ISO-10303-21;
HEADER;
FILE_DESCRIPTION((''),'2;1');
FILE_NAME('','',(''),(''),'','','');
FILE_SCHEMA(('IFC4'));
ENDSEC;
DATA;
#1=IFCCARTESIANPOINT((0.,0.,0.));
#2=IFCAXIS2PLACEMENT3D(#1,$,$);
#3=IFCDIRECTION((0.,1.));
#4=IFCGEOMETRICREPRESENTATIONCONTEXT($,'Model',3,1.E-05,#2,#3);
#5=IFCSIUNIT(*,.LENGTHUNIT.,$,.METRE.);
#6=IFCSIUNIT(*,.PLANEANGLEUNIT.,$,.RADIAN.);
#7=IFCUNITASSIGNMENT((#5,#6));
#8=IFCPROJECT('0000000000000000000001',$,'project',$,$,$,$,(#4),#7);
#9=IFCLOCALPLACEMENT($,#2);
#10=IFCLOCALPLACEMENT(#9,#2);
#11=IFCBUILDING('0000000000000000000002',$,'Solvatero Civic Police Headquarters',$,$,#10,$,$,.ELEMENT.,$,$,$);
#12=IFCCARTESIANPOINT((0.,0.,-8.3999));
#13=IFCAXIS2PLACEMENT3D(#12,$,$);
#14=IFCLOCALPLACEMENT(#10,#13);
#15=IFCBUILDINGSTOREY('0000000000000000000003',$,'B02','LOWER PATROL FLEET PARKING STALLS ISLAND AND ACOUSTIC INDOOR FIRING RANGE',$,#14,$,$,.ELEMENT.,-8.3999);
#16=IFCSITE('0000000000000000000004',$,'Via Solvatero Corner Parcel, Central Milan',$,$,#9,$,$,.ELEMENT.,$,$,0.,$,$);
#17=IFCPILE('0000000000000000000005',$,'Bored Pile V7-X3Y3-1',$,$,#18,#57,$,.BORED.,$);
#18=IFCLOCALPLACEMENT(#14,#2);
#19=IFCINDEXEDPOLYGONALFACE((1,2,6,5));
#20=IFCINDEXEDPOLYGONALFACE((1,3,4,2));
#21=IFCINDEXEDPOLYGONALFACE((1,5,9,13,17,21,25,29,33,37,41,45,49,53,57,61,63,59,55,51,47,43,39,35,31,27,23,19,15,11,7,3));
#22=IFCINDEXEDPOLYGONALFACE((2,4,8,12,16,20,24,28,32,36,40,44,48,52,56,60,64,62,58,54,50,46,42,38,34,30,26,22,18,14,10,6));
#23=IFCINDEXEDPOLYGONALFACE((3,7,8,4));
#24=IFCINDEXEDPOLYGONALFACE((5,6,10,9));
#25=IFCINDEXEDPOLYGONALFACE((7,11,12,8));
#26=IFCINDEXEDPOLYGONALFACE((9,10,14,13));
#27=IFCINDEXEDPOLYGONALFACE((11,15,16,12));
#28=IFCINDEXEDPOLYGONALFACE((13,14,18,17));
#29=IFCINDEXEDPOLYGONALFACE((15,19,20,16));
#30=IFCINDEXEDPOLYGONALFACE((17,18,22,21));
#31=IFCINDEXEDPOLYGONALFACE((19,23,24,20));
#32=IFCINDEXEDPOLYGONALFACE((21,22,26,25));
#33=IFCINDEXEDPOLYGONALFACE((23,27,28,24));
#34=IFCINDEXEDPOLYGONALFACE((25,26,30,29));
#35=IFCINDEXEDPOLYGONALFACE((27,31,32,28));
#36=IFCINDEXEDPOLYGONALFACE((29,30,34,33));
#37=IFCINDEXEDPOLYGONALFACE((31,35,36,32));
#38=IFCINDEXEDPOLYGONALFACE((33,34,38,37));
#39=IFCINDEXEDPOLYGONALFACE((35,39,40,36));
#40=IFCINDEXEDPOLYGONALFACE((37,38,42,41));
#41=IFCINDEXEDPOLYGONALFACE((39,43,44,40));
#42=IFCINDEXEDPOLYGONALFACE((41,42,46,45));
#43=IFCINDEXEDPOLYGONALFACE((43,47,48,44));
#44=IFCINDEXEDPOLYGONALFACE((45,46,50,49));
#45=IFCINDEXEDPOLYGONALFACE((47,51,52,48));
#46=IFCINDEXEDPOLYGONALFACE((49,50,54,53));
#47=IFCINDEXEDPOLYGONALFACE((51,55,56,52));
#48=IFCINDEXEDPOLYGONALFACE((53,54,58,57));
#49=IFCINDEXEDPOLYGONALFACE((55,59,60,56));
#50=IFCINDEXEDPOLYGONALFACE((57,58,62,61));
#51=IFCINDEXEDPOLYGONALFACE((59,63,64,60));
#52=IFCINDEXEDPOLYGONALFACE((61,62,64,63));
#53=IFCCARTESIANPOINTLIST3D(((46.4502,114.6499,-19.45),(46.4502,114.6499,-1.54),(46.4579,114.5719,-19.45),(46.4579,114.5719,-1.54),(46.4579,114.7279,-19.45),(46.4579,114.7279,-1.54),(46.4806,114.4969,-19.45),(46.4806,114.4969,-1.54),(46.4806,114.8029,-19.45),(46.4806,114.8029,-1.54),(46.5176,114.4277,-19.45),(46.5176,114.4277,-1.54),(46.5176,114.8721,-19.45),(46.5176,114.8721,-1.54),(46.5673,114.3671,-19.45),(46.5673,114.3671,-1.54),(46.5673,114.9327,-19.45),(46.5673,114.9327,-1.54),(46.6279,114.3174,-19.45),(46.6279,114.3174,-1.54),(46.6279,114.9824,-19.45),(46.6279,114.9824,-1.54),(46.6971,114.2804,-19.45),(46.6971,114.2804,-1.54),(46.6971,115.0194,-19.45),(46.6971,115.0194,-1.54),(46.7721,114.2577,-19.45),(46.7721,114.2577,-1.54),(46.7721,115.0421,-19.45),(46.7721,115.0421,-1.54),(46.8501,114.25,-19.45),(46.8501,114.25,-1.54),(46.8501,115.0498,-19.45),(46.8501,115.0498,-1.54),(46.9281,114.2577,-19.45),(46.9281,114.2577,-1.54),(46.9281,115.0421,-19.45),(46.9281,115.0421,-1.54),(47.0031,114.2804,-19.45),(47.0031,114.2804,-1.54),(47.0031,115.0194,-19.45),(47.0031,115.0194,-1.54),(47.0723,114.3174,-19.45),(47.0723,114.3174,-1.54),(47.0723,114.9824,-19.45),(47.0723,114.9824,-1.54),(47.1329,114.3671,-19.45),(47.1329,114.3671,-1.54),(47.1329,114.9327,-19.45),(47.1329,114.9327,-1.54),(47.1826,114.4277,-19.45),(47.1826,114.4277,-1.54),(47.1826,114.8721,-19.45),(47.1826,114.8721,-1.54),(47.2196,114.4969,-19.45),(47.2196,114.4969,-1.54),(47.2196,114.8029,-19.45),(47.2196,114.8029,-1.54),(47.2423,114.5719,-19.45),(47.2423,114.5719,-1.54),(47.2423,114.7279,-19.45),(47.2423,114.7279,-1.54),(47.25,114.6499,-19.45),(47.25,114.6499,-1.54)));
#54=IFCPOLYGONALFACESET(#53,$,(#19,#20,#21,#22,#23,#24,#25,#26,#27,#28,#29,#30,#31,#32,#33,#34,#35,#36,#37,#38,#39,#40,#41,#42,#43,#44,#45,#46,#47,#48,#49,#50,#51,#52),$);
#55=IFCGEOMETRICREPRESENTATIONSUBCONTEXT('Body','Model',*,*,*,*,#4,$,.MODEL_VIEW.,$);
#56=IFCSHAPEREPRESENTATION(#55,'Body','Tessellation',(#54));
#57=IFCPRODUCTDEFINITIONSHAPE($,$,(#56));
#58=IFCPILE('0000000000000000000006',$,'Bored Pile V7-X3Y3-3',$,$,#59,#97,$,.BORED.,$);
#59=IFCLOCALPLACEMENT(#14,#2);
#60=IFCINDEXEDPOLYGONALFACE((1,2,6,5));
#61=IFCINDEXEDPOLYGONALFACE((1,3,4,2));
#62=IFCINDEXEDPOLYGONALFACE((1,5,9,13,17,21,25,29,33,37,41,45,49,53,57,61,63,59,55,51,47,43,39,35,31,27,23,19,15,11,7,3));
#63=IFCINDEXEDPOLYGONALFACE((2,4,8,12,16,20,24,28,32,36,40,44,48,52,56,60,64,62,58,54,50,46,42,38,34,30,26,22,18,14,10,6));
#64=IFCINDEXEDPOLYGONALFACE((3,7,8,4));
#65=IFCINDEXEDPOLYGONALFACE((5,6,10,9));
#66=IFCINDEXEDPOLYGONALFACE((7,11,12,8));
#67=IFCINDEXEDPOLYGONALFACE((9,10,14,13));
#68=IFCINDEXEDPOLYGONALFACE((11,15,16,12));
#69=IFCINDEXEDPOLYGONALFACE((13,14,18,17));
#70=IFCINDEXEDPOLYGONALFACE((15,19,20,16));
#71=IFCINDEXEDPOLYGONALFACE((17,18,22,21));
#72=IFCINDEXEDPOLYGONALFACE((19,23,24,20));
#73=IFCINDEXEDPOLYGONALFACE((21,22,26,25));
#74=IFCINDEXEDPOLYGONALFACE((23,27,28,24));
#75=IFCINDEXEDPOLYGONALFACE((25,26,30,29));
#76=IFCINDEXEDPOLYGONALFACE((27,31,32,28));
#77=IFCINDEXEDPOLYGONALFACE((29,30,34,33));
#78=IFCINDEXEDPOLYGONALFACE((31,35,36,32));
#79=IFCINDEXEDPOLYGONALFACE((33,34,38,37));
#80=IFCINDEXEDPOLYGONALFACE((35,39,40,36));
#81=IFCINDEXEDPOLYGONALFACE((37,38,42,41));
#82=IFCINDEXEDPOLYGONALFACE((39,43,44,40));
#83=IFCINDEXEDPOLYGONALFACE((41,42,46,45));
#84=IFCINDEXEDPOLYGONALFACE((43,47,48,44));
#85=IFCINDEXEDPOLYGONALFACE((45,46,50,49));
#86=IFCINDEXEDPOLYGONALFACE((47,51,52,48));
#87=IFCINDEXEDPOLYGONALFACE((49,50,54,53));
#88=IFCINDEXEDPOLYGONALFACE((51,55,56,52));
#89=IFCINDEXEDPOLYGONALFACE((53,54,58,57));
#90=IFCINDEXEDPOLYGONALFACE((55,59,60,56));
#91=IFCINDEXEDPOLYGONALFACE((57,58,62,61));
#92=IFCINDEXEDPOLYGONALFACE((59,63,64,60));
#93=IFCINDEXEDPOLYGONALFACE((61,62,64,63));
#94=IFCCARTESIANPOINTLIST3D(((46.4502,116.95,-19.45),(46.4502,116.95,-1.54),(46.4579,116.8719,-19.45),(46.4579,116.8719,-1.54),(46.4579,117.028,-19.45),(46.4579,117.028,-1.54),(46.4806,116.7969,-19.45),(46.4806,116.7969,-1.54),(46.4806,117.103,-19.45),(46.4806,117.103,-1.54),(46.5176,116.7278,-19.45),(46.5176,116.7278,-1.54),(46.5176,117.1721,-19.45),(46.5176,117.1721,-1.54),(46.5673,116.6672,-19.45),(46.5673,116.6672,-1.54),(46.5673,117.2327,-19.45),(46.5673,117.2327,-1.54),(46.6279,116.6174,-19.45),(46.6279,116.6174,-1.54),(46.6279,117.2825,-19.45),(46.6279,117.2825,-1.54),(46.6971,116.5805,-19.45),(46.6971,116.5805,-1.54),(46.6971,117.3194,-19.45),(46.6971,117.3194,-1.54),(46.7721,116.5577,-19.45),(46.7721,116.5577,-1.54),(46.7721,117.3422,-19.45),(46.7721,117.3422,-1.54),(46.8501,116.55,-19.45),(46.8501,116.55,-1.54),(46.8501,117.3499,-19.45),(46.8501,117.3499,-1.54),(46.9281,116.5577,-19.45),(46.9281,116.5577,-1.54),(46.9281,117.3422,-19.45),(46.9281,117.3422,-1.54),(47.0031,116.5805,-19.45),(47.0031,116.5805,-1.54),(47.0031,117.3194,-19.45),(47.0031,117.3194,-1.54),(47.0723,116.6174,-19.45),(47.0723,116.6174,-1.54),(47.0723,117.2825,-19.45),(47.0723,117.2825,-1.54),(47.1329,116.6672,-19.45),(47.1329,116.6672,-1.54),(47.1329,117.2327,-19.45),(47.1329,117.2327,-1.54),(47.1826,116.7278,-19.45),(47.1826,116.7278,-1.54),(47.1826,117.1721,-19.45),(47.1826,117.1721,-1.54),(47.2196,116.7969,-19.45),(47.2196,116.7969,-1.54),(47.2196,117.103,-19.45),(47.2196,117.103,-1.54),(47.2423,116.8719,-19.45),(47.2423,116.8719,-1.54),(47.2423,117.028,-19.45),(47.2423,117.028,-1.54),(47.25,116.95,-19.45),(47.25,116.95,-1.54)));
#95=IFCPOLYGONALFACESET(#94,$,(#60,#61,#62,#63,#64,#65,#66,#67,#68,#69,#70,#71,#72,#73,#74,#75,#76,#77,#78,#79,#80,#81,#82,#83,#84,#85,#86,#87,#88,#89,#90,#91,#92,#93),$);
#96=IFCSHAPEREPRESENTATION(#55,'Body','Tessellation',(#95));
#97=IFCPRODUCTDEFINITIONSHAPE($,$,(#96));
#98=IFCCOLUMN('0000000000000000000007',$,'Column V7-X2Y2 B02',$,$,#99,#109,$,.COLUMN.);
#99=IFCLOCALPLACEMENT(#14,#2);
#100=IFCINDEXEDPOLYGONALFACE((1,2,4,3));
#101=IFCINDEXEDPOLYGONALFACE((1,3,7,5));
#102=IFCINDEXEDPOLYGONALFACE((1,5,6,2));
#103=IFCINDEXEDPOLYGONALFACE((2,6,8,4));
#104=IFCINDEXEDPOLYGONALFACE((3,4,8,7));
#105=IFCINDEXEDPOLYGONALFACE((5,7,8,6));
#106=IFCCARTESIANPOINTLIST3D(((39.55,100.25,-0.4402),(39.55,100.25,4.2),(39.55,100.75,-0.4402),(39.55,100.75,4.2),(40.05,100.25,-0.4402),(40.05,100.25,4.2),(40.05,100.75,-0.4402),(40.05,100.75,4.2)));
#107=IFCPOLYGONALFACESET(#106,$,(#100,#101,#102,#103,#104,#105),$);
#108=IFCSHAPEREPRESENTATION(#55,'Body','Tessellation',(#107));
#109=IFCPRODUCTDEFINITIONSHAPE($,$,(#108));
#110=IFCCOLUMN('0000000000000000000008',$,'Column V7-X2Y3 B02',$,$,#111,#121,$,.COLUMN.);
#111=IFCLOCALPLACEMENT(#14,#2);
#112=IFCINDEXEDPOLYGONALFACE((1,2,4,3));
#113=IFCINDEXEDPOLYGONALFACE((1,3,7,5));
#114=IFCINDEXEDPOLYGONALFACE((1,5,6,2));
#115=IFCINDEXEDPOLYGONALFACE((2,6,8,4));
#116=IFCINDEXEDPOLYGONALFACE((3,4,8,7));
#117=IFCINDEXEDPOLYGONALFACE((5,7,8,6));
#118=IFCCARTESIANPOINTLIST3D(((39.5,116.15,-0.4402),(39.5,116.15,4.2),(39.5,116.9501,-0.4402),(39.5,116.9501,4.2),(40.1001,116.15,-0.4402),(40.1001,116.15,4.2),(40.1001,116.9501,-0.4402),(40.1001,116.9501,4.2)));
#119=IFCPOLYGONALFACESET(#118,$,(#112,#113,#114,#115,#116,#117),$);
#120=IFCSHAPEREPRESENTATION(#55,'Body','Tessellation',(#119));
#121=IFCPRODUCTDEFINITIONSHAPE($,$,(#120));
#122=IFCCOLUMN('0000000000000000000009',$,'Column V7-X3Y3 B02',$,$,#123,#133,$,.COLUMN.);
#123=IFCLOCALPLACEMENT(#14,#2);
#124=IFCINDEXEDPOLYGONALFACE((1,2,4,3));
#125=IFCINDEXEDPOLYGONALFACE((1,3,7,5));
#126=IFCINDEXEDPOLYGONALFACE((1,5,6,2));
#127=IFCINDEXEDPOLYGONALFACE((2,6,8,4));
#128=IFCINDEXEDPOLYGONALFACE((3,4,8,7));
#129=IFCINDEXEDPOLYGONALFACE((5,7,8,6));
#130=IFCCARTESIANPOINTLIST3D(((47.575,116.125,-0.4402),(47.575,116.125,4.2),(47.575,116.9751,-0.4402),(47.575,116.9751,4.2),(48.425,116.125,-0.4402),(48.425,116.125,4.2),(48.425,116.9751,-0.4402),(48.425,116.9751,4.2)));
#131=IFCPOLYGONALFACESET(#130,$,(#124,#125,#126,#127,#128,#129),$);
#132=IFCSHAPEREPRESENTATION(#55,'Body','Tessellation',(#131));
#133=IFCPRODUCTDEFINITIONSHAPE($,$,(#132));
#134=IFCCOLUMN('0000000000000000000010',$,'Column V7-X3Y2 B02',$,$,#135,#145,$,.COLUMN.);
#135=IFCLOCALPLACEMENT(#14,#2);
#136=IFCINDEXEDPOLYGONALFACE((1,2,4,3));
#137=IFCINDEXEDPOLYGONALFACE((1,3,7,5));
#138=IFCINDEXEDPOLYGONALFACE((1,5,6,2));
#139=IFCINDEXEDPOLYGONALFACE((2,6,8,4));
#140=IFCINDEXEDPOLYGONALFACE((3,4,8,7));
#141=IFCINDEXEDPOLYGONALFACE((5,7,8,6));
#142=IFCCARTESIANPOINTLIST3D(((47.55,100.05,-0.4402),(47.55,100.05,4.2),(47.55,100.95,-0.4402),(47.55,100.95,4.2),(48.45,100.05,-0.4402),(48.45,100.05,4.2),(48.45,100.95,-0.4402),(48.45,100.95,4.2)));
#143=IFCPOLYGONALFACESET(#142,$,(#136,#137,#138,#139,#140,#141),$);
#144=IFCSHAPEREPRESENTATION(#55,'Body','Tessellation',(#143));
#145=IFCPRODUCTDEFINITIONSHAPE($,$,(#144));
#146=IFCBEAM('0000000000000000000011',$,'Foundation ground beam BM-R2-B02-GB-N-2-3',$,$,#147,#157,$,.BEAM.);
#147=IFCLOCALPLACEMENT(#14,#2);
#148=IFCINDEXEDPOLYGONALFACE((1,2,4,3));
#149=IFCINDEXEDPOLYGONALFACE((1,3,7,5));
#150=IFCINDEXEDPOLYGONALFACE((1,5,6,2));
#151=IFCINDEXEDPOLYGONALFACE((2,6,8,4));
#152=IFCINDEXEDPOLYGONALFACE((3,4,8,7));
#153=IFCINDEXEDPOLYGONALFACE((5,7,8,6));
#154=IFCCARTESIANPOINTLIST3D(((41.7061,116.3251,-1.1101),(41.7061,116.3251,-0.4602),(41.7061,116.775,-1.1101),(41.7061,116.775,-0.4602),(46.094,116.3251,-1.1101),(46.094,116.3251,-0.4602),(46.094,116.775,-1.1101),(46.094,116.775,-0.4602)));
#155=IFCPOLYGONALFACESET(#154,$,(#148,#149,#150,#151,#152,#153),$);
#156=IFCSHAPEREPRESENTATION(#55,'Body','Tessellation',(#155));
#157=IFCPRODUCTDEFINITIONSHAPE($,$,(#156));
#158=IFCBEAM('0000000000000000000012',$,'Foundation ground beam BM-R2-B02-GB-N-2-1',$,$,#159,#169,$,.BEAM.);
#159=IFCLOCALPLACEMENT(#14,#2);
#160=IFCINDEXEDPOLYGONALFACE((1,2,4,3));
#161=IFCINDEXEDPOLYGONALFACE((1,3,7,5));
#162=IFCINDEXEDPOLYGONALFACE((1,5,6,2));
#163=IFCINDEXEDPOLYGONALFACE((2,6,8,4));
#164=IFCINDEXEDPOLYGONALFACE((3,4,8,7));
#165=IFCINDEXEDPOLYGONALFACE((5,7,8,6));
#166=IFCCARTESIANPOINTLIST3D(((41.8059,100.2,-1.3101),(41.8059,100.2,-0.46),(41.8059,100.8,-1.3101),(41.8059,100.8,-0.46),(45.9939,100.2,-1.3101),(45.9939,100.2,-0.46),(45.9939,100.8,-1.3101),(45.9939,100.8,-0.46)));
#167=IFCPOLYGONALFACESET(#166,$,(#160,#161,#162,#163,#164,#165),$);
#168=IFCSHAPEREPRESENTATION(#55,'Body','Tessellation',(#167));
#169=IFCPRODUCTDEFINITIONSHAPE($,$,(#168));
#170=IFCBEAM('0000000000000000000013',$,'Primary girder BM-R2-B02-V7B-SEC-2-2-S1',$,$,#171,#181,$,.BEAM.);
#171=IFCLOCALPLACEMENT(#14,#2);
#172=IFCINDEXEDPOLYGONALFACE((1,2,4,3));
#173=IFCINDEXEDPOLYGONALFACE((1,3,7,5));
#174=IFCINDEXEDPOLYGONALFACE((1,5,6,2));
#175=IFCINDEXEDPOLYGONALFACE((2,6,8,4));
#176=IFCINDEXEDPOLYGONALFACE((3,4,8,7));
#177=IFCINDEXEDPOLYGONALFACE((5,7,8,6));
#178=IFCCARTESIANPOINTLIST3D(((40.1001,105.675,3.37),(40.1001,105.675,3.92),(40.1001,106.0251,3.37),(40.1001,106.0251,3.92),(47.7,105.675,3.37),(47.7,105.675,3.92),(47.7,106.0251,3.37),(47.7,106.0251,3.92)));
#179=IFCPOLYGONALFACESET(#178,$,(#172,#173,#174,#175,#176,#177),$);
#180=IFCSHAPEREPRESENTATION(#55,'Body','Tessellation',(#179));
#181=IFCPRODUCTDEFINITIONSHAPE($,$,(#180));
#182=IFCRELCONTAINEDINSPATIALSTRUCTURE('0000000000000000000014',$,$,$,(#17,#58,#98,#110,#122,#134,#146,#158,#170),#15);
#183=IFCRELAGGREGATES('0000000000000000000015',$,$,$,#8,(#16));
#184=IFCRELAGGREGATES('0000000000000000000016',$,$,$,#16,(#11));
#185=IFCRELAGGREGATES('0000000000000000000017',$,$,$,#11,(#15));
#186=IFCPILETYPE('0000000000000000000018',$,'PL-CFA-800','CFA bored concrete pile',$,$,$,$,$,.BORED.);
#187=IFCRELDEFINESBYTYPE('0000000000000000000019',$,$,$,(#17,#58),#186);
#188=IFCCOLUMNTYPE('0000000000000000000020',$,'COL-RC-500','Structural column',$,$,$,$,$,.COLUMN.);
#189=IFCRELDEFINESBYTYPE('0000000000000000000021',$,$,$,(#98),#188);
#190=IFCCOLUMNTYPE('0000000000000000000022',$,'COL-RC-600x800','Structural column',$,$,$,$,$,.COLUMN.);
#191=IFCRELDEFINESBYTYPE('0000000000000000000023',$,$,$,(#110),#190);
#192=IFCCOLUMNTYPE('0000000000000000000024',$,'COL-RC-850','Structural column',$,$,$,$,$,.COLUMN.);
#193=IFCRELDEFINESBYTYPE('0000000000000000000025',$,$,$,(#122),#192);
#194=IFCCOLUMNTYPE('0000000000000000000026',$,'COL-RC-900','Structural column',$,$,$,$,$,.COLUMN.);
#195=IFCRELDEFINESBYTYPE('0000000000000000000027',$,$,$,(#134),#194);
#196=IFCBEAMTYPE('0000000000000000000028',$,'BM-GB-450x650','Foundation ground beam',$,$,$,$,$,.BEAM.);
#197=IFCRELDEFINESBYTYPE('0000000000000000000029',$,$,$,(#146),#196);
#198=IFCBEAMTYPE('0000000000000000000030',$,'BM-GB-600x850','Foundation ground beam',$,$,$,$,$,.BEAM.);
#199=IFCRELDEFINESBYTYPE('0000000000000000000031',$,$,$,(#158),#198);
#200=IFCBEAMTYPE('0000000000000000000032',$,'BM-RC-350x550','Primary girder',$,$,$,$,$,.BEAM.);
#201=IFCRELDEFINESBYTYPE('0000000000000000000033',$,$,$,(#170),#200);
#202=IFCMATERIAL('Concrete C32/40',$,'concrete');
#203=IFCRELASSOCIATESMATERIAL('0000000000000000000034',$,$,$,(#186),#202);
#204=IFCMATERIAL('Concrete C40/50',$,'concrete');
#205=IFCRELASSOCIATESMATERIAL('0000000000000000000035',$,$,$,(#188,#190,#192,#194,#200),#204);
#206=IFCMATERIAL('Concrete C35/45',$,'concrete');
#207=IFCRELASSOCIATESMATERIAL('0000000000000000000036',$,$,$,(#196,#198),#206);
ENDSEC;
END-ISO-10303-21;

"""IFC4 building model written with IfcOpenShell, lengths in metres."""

from ifc_helpers import new_model, si_unit, direction, frame, origin, origin_2d, place, context, subcontext, project, spatial, rectangle, circle, extrude, material, material_profile, profile_set, type_object, element, save


model = new_model("IFC4")

# Units and contexts
model_context = context("Model", 3, precision=1e-05, world=origin(), true_north=direction((0.0, 1.0)))
body_context = subcontext(model_context, "Body", "Model", "MODEL_VIEW")
ifc_project = project(units=[si_unit("LENGTHUNIT", "METRE"), si_unit("PLANEANGLEUNIT", "RADIAN")], contexts=[model_context])

# Site, building, storey
site_placement = place(None, origin())
site = spatial("IfcSite", under=ifc_project, at=site_placement, Name="Via Solvatero Corner Parcel, Central Milan", CompositionType="ELEMENT", RefElevation=0.0)
building_placement = place(site_placement, origin())
building = spatial("IfcBuilding", under=site, at=building_placement, Name="Solvatero Civic Police Headquarters", CompositionType="ELEMENT")
storey_placement = place(building_placement, frame((0.0, 0.0, -8.3999)))
storey = spatial("IfcBuildingStorey", under=building, at=storey_placement, Name="B02", Description="LOWER PATROL FLEET PARKING STALLS ISLAND AND ACOUSTIC INDOOR FIRING RANGE", CompositionType="ELEMENT", Elevation=-8.3999)

# Shared definitions
ifc_material_1 = material(Name="Concrete C35/45", Category="concrete")

# Piles
ifc_material_2 = material(Name="Concrete C32/40", Category="concrete")
ifc_material_profile_1 = material_profile(ifc_material_2, circle(Radius=0.3999, at=origin_2d()), Name="CFA PILE D800")
ifc_profile_set_1 = profile_set([ifc_material_profile_1], Name="Concrete C32/40")
pile_type = type_object("IfcPileType", Name="PL-CFA-800", Description="CFA bored concrete pile", PredefinedType="BORED", material=ifc_profile_set_1)
for number, where, z_axis, x_axis, name in (
    (1, (46.8501, 114.6499, -1.54), (0.0, 0.0, -1.0), (1.0, 0.0, 0.0), "Bored Pile V7-X3Y3-1"),
    (2, (46.8501, 116.95, -1.54), (0.0, 0.0, -1.0), (1.0, 0.0, 0.0), "Bored Pile V7-X3Y3-3"),
):
    element("IfcPile", number, at=place(storey_placement, frame(where, z_axis=z_axis, x_axis=x_axis)), inside=storey, type_object=pile_type, Name=name, PredefinedType="BORED", context=body_context, shape_type="SweptSolid", body=[
        extrude(circle(Radius=0.3999, at=origin_2d()), origin(), (0.0, 0.0, 1.0), 17.9099),
    ])

# Columns
ifc_material_3 = material(Name="Concrete C40/50", Category="concrete")
ifc_material_profile_2 = material_profile(ifc_material_3, rectangle(XDim=0.5, YDim=0.5, at=origin_2d()), Name="RC 500x500")
ifc_profile_set_2 = profile_set([ifc_material_profile_2], Name="Concrete C40/50")
column_type_1 = type_object("IfcColumnType", Name="COL-RC-500", Description="Structural column", PredefinedType="COLUMN", material=ifc_profile_set_2)
column_1_placement = place(storey_placement, frame((39.8, 100.5, -0.4402), z_axis=(0.0, 0.0, 1.0), x_axis=(1.0, 0.0, 0.0)))
element("IfcColumn", 3, at=column_1_placement, inside=storey, type_object=column_type_1, Name="Column V7-X2Y2 B02", PredefinedType="COLUMN", context=body_context, shape_type="SweptSolid", body=[
    extrude(rectangle(XDim=0.5, YDim=0.5, at=origin_2d()), origin(), (0.0, 0.0, 1.0), 4.6401),
])
ifc_material_profile_3 = material_profile(ifc_material_3, rectangle(XDim=0.6001, YDim=0.8, at=origin_2d()), Name="RC 600x800")
ifc_profile_set_3 = profile_set([ifc_material_profile_3], Name="Concrete C40/50")
column_type_2 = type_object("IfcColumnType", Name="COL-RC-600x800", Description="Structural column", PredefinedType="COLUMN", material=ifc_profile_set_3)
column_2_placement = place(storey_placement, frame((39.8, 116.55, -0.4402), z_axis=(0.0, 0.0, 1.0), x_axis=(1.0, 0.0, 0.0)))
element("IfcColumn", 4, at=column_2_placement, inside=storey, type_object=column_type_2, Name="Column V7-X2Y3 B02", PredefinedType="COLUMN", context=body_context, shape_type="SweptSolid", body=[
    extrude(rectangle(XDim=0.6001, YDim=0.8, at=origin_2d()), origin(), (0.0, 0.0, 1.0), 4.6401),
])
ifc_material_profile_4 = material_profile(ifc_material_3, rectangle(XDim=0.8501, YDim=0.8501, at=origin_2d()), Name="RC 850x850")
ifc_profile_set_4 = profile_set([ifc_material_profile_4], Name="Concrete C40/50")
column_type_3 = type_object("IfcColumnType", Name="COL-RC-850", Description="Structural column", PredefinedType="COLUMN", material=ifc_profile_set_4)
column_3_placement = place(storey_placement, frame((48.0, 116.55, -0.4402), z_axis=(0.0, 0.0, 1.0), x_axis=(1.0, 0.0, 0.0)))
element("IfcColumn", 5, at=column_3_placement, inside=storey, type_object=column_type_3, Name="Column V7-X3Y3 B02", PredefinedType="COLUMN", context=body_context, shape_type="SweptSolid", body=[
    extrude(rectangle(XDim=0.8501, YDim=0.8501, at=origin_2d()), origin(), (0.0, 0.0, 1.0), 4.6401),
])
ifc_material_profile_5 = material_profile(ifc_material_3, rectangle(XDim=0.8999, YDim=0.8999, at=origin_2d()), Name="RC 900x900")
ifc_profile_set_5 = profile_set([ifc_material_profile_5], Name="Concrete C40/50")
column_type_4 = type_object("IfcColumnType", Name="COL-RC-900", Description="Structural column", PredefinedType="COLUMN", material=ifc_profile_set_5)
column_4_placement = place(storey_placement, frame((48.0, 100.5, -0.4402), z_axis=(0.0, 0.0, 1.0), x_axis=(1.0, 0.0, 0.0)))
element("IfcColumn", 6, at=column_4_placement, inside=storey, type_object=column_type_4, Name="Column V7-X3Y2 B02", PredefinedType="COLUMN", context=body_context, shape_type="SweptSolid", body=[
    extrude(rectangle(XDim=0.8999, YDim=0.8999, at=origin_2d()), origin(), (0.0, 0.0, 1.0), 4.6401),
])

# Beams
ifc_material_profile_6 = material_profile(ifc_material_1, rectangle(XDim=0.45, YDim=0.6499, at=origin_2d()), Name="GB 450x650")
ifc_profile_set_6 = profile_set([ifc_material_profile_6], Name="Concrete C35/45")
beam_type_1 = type_object("IfcBeamType", Name="BM-GB-450x650", Description="Foundation ground beam", PredefinedType="BEAM", material=ifc_profile_set_6)
beam_1_placement = place(storey_placement, frame((41.7061, 116.55, -0.7852), z_axis=(1.0, 0.0, 0.0), x_axis=(0.0, 1.0, 0.0)))
element("IfcBeam", 7, at=beam_1_placement, inside=storey, type_object=beam_type_1, Name="Foundation ground beam BM-R2-B02-GB-N-2-3", PredefinedType="BEAM", context=body_context, shape_type="SweptSolid", body=[
    extrude(rectangle(XDim=0.45, YDim=0.6499, at=origin_2d()), origin(), (0.0, 0.0, 1.0), 4.3879),
])
ifc_material_profile_7 = material_profile(ifc_material_1, rectangle(XDim=0.6001, YDim=0.8501, at=origin_2d()), Name="GB 600x850")
ifc_profile_set_7 = profile_set([ifc_material_profile_7], Name="Concrete C35/45")
beam_type_2 = type_object("IfcBeamType", Name="BM-GB-600x850", Description="Foundation ground beam", PredefinedType="BEAM", material=ifc_profile_set_7)
beam_2_placement = place(storey_placement, frame((41.8059, 100.5, -0.885), z_axis=(1.0, 0.0, 0.0), x_axis=(0.0, 1.0, 0.0)))
element("IfcBeam", 8, at=beam_2_placement, inside=storey, type_object=beam_type_2, Name="Foundation ground beam BM-R2-B02-GB-N-2-1", PredefinedType="BEAM", context=body_context, shape_type="SweptSolid", body=[
    extrude(rectangle(XDim=0.6001, YDim=0.8501, at=origin_2d()), origin(), (0.0, 0.0, 1.0), 4.188),
])
ifc_material_profile_8 = material_profile(ifc_material_3, rectangle(XDim=0.3501, YDim=0.55, at=origin_2d()), Name="RC 350x550")
ifc_profile_set_8 = profile_set([ifc_material_profile_8], Name="Concrete C40/50")
beam_type_3 = type_object("IfcBeamType", Name="BM-RC-350x550", Description="Primary girder", PredefinedType="BEAM", material=ifc_profile_set_8)
for number, where, z_axis, x_axis, name in (
    (9, (40.1001, 105.8501, 3.645), (1.0, 0.0, 0.0), (0.0, 1.0, 0.0), "Primary girder BM-R2-B02-V7B-SEC-2-2-S1"),
):
    element("IfcBeam", number, at=place(storey_placement, frame(where, z_axis=z_axis, x_axis=x_axis)), inside=storey, type_object=beam_type_3, Name=name, PredefinedType="BEAM", context=body_context, shape_type="SweptSolid", body=[
        extrude(rectangle(XDim=0.3501, YDim=0.55, at=origin_2d()), origin(), (0.0, 0.0, 1.0), 7.5999),
    ])

save(model, "model.ifc")
